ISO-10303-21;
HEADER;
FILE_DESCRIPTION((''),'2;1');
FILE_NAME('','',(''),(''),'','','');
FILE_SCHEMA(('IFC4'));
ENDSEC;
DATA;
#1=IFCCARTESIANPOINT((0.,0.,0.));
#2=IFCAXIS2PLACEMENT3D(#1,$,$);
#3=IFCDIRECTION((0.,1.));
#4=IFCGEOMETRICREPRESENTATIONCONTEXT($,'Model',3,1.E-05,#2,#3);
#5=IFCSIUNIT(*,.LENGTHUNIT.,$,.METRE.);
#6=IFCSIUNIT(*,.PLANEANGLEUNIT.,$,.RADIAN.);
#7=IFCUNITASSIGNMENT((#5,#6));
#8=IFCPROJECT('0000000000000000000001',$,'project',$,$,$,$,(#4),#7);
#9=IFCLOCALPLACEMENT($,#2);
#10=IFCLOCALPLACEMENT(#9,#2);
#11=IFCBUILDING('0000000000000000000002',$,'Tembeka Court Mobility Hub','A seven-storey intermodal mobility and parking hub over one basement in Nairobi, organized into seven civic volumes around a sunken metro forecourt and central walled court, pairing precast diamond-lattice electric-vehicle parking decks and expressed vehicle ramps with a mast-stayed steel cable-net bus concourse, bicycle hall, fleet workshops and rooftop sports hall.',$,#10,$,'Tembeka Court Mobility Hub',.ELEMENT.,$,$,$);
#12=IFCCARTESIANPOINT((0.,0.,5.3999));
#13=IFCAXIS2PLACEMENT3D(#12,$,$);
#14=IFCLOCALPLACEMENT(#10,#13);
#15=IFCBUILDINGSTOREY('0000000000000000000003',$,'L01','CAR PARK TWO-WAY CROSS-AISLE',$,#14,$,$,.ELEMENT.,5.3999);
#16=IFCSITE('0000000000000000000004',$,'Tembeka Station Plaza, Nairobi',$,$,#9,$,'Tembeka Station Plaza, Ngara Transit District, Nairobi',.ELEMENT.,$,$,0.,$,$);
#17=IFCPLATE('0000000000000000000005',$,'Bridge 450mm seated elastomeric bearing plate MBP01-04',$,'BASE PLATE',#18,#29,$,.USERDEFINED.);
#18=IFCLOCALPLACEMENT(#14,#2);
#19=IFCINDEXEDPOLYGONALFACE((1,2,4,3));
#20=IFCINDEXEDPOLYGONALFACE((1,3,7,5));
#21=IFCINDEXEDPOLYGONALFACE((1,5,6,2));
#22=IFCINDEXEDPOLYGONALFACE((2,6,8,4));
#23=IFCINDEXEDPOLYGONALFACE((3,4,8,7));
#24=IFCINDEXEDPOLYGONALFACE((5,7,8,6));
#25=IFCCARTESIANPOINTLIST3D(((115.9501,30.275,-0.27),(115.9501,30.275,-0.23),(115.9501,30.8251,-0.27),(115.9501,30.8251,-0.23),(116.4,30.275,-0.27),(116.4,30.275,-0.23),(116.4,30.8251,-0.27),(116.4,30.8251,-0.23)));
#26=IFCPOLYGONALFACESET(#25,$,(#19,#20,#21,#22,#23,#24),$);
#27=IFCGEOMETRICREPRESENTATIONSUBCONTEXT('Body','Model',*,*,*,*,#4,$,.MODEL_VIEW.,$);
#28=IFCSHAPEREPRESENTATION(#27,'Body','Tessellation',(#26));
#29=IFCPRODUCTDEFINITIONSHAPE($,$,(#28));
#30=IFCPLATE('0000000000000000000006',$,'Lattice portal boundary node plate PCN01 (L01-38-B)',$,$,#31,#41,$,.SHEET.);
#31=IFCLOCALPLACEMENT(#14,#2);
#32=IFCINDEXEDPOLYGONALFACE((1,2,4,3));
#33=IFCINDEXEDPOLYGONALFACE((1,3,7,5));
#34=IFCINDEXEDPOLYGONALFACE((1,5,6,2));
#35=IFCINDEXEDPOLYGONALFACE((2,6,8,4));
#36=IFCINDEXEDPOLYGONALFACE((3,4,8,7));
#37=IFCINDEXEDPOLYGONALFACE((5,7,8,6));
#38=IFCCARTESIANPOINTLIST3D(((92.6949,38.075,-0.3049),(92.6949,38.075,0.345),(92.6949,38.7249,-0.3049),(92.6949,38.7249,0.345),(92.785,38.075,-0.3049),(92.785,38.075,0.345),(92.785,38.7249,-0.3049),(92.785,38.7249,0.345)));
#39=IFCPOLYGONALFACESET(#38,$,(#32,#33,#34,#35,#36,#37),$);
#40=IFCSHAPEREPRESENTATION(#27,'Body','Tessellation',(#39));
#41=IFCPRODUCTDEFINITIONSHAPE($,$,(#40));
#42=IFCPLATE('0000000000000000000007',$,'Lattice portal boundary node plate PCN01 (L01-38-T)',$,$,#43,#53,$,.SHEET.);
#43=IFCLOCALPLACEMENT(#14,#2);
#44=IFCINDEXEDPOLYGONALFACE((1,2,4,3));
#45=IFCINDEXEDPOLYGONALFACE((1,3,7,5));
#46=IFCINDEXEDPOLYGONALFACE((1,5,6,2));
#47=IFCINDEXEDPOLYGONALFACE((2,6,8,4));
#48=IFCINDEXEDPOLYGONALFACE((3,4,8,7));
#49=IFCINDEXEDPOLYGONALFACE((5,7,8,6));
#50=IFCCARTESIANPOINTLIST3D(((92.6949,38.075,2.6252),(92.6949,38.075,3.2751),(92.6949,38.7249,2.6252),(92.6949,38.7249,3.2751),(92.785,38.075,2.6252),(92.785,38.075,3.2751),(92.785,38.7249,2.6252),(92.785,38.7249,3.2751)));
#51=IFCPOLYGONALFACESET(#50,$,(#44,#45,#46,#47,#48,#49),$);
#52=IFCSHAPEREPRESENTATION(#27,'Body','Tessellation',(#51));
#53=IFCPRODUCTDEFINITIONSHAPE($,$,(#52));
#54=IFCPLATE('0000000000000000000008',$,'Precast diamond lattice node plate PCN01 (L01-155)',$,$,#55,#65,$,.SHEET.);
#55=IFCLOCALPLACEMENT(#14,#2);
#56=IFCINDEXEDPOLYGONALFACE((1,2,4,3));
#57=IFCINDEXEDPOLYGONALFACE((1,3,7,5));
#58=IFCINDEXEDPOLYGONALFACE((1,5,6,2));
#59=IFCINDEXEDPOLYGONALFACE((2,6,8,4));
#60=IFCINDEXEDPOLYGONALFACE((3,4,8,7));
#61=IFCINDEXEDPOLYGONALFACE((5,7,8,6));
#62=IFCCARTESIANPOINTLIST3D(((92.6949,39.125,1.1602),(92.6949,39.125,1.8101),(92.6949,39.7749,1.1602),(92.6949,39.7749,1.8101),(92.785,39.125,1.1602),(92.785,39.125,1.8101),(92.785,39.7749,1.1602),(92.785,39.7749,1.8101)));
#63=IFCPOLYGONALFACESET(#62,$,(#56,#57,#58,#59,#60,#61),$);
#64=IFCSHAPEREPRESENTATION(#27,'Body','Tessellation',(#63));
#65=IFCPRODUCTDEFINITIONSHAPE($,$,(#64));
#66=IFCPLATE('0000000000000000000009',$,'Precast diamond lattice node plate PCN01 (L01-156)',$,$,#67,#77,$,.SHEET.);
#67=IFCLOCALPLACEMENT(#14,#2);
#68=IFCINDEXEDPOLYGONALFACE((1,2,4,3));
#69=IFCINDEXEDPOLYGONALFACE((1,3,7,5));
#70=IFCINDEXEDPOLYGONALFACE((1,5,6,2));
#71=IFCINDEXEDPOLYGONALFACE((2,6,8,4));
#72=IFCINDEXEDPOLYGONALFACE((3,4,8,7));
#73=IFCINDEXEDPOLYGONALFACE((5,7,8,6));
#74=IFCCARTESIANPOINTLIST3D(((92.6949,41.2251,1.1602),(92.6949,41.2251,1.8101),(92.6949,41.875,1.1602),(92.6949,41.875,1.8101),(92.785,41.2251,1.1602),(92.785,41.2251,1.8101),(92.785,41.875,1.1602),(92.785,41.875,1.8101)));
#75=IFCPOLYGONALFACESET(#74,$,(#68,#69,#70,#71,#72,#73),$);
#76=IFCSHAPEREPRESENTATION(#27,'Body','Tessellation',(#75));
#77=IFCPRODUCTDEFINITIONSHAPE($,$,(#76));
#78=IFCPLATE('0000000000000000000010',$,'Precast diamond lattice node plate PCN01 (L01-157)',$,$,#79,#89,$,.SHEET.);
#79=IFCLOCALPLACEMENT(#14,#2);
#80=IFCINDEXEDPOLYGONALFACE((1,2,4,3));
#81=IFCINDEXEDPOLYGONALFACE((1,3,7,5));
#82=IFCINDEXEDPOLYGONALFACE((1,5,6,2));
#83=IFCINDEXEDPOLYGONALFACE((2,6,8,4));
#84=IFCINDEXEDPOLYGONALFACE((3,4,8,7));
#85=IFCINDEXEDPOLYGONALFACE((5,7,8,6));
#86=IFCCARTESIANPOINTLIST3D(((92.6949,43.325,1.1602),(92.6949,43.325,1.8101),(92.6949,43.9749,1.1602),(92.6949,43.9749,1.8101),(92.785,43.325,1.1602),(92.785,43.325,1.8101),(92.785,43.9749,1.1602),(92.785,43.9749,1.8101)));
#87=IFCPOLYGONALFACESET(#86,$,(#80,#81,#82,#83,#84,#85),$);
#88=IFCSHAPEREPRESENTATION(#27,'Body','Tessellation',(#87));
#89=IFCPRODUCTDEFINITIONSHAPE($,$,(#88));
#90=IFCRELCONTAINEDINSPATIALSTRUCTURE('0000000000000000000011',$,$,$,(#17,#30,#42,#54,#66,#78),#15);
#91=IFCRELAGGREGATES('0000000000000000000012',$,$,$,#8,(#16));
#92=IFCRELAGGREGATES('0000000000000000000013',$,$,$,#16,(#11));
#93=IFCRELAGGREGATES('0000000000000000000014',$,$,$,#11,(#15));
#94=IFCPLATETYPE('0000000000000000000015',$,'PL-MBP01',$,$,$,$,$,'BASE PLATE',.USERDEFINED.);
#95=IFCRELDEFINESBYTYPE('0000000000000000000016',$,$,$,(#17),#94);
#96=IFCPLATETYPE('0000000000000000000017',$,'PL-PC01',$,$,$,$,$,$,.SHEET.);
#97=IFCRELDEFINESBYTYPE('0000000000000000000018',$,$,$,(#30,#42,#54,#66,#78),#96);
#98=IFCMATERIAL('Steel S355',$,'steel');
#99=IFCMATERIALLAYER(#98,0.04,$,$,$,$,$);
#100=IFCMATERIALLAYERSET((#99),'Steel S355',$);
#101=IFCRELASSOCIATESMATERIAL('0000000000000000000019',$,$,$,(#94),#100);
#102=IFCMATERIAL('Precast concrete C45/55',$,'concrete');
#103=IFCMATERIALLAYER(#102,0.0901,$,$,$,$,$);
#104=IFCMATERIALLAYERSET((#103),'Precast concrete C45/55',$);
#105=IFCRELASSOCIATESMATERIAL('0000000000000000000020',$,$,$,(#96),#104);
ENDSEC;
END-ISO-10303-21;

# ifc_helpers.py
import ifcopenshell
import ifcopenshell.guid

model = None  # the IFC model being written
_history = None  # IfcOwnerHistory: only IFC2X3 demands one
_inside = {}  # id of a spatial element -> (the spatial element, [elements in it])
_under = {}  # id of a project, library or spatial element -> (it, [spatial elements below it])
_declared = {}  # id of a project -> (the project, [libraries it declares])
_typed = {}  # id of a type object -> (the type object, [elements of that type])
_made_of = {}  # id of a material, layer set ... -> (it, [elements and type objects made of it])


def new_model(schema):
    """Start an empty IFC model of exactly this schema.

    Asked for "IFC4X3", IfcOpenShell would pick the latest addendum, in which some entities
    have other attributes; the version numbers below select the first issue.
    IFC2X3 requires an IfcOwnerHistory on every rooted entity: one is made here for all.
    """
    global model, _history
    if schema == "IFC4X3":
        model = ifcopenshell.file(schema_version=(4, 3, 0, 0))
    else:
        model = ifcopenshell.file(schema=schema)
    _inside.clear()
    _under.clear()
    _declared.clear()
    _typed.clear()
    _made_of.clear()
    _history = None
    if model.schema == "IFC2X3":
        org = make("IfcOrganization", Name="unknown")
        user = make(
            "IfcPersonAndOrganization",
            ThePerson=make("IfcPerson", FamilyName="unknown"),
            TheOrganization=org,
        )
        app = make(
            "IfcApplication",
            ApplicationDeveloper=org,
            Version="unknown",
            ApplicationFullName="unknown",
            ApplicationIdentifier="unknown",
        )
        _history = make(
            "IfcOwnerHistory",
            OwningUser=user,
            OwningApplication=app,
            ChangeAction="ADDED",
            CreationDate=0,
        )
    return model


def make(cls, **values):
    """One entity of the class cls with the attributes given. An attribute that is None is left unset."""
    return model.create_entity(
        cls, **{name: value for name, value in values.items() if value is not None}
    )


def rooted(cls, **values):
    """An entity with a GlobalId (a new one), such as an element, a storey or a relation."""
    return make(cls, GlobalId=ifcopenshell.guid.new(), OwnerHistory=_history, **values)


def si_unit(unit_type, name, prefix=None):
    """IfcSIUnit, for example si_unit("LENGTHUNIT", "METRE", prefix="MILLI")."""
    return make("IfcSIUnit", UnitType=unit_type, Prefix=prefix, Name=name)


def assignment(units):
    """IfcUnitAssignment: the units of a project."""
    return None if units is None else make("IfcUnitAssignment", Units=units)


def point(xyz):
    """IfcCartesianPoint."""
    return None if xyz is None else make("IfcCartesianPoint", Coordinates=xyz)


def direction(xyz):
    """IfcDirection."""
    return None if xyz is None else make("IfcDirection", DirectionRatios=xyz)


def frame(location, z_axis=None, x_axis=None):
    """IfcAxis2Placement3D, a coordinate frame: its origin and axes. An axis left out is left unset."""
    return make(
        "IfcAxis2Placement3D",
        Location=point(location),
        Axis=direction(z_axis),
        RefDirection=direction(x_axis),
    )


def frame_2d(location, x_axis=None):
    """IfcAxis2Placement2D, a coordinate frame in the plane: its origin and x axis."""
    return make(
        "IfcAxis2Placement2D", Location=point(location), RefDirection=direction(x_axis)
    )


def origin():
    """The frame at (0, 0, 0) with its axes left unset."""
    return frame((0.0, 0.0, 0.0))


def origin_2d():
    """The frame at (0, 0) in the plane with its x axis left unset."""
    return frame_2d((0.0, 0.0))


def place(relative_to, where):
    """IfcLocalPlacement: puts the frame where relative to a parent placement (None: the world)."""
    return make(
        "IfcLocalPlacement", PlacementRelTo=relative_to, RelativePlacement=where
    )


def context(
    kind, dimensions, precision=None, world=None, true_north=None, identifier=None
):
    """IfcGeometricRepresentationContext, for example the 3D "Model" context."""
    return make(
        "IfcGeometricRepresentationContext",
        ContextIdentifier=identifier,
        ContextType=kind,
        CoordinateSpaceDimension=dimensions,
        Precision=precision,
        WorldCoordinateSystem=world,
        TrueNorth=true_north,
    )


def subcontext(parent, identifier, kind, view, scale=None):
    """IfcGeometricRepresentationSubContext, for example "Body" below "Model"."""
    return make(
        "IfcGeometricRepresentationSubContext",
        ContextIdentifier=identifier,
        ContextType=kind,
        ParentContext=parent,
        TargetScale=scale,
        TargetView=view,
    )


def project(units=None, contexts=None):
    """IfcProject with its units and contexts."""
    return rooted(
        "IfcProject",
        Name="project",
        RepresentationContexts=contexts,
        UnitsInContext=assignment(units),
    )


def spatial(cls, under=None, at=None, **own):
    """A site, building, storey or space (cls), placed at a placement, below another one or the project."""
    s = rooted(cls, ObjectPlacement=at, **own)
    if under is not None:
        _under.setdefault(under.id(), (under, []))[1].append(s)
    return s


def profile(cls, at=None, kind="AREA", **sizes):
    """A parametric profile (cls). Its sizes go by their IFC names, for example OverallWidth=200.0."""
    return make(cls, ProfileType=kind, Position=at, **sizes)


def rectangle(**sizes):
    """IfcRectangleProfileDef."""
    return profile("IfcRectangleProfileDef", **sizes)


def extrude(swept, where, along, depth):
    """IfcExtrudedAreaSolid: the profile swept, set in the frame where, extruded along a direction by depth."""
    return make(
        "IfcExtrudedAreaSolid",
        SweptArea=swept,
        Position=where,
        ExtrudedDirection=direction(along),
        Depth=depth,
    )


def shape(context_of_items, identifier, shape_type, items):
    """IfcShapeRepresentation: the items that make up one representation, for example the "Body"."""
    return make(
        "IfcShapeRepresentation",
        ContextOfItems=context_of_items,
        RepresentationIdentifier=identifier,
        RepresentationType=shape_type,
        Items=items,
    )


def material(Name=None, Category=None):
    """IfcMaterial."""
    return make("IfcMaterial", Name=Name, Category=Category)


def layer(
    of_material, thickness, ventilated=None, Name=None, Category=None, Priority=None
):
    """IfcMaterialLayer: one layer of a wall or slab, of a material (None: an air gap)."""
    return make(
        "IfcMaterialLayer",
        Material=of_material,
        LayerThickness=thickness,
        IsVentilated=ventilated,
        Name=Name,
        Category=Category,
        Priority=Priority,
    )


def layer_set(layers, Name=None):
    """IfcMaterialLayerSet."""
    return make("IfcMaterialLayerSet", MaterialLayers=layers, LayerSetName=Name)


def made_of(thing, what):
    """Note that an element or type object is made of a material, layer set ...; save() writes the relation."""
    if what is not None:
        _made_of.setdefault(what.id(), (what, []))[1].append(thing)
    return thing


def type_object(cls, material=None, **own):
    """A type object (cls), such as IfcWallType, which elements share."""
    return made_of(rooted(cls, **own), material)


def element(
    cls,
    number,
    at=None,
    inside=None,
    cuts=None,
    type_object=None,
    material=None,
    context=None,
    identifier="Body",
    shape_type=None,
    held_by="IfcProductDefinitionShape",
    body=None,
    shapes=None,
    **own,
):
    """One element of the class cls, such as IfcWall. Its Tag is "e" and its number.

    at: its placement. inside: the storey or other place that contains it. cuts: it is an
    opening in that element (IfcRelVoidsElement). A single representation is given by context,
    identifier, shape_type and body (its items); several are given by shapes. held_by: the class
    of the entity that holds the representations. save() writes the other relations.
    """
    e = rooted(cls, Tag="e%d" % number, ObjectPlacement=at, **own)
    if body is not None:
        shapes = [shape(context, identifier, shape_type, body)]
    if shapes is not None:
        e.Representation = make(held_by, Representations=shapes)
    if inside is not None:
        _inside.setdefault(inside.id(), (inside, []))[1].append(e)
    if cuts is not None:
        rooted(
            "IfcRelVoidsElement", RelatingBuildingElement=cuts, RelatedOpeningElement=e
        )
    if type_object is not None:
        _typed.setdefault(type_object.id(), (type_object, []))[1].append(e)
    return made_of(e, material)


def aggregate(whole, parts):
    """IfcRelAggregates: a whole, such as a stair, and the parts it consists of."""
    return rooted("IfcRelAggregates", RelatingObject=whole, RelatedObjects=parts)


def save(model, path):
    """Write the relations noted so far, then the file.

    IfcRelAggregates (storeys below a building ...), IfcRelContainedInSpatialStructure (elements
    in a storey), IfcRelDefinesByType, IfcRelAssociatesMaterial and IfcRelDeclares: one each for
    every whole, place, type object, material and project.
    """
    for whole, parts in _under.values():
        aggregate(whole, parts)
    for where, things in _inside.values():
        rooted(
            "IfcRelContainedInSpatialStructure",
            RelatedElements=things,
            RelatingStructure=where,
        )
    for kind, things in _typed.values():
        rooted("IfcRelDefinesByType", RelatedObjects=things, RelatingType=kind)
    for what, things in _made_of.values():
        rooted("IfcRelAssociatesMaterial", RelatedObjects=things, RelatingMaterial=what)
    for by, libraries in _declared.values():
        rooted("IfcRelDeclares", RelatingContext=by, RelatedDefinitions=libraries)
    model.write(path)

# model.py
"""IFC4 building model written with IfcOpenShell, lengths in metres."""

from ifc_helpers import new_model, si_unit, direction, frame, origin, origin_2d, place, context, subcontext, project, spatial, rectangle, extrude, material, layer, layer_set, type_object, element, save


model = new_model("IFC4")

# Units and contexts
model_context = context("Model", 3, precision=1e-05, world=origin(), true_north=direction((0.0, 1.0)))
body_context = subcontext(model_context, "Body", "Model", "MODEL_VIEW")
ifc_project = project(units=[si_unit("LENGTHUNIT", "METRE"), si_unit("PLANEANGLEUNIT", "RADIAN")], contexts=[model_context])

# Site, building, storey
site_placement = place(None, origin())
site = spatial("IfcSite", under=ifc_project, at=site_placement, Name="Tembeka Station Plaza, Nairobi", LongName="Tembeka Station Plaza, Ngara Transit District, Nairobi", CompositionType="ELEMENT", RefElevation=0.0)
building_placement = place(site_placement, origin())
building = spatial("IfcBuilding", under=site, at=building_placement, Name="Tembeka Court Mobility Hub", Description="A seven-storey intermodal mobility and parking hub over one basement in Nairobi, organized into seven civic volumes around a sunken metro forecourt and central walled court, pairing precast diamond-lattice electric-vehicle parking decks and expressed vehicle ramps with a mast-stayed steel cable-net bus concourse, bicycle hall, fleet workshops and rooftop sports hall.", LongName="Tembeka Court Mobility Hub", CompositionType="ELEMENT")
storey_placement = place(building_placement, frame((0.0, 0.0, 5.3999)))
storey = spatial("IfcBuildingStorey", under=building, at=storey_placement, Name="L01", Description="CAR PARK TWO-WAY CROSS-AISLE", CompositionType="ELEMENT", Elevation=5.3999)

# Shared definitions
ifc_material_1 = material(Name="Steel S355", Category="steel")

# Shared definitions
ifc_material_2 = material(Name="Precast concrete C45/55", Category="concrete")

# Plates
ifc_layer_1 = layer(ifc_material_1, 0.04)
ifc_layer_set_1 = layer_set([ifc_layer_1], Name="Steel S355")
plate_type_1 = type_object("IfcPlateType", Name="PL-MBP01", ElementType="BASE PLATE", PredefinedType="USERDEFINED", material=ifc_layer_set_1)
for number, where, z_axis, x_axis, name in (
    (1, (116.175, 30.55, -0.27), (0.0, 0.0, 1.0), (1.0, 0.0, 0.0), "Bridge 450mm seated elastomeric bearing plate MBP01-04"),
):
    element("IfcPlate", number, at=place(storey_placement, frame(where, z_axis=z_axis, x_axis=x_axis)), inside=storey, type_object=plate_type_1, Name=name, ObjectType="BASE PLATE", PredefinedType="USERDEFINED", context=body_context, shape_type="SweptSolid", body=[
        extrude(rectangle(XDim=0.45, YDim=0.55, at=origin_2d()), origin(), (0.0, 0.0, 1.0), 0.04),
    ])
ifc_layer_2 = layer(ifc_material_2, 0.0901)
ifc_layer_set_2 = layer_set([ifc_layer_2], Name="Precast concrete C45/55")
plate_type_2 = type_object("IfcPlateType", Name="PL-PC01", PredefinedType="SHEET", material=ifc_layer_set_2)
for number, where, z_axis, x_axis, name in (
    (2, (92.74, 38.3999, -0.3049), (0.0, 0.0, 1.0), (1.0, 0.0, 0.0), "Lattice portal boundary node plate PCN01 (L01-38-B)"),
    (3, (92.74, 38.3999, 2.6252), (0.0, 0.0, 1.0), (1.0, 0.0, 0.0), "Lattice portal boundary node plate PCN01 (L01-38-T)"),
    (4, (92.74, 39.45, 1.1602), (0.0, 0.0, 1.0), (1.0, 0.0, 0.0), "Precast diamond lattice node plate PCN01 (L01-155)"),
    (5, (92.74, 41.55, 1.1602), (0.0, 0.0, 1.0), (1.0, 0.0, 0.0), "Precast diamond lattice node plate PCN01 (L01-156)"),
    (6, (92.74, 43.6499, 1.1602), (0.0, 0.0, 1.0), (1.0, 0.0, 0.0), "Precast diamond lattice node plate PCN01 (L01-157)"),
):
    element("IfcPlate", number, at=place(storey_placement, frame(where, z_axis=z_axis, x_axis=x_axis)), inside=storey, type_object=plate_type_2, Name=name, PredefinedType="SHEET", context=body_context, shape_type="SweptSolid", body=[
        extrude(rectangle(XDim=0.0901, YDim=0.6499, at=origin_2d()), origin(), (0.0, 0.0, 1.0), 0.6499),
    ])

save(model, "model.ifc")
